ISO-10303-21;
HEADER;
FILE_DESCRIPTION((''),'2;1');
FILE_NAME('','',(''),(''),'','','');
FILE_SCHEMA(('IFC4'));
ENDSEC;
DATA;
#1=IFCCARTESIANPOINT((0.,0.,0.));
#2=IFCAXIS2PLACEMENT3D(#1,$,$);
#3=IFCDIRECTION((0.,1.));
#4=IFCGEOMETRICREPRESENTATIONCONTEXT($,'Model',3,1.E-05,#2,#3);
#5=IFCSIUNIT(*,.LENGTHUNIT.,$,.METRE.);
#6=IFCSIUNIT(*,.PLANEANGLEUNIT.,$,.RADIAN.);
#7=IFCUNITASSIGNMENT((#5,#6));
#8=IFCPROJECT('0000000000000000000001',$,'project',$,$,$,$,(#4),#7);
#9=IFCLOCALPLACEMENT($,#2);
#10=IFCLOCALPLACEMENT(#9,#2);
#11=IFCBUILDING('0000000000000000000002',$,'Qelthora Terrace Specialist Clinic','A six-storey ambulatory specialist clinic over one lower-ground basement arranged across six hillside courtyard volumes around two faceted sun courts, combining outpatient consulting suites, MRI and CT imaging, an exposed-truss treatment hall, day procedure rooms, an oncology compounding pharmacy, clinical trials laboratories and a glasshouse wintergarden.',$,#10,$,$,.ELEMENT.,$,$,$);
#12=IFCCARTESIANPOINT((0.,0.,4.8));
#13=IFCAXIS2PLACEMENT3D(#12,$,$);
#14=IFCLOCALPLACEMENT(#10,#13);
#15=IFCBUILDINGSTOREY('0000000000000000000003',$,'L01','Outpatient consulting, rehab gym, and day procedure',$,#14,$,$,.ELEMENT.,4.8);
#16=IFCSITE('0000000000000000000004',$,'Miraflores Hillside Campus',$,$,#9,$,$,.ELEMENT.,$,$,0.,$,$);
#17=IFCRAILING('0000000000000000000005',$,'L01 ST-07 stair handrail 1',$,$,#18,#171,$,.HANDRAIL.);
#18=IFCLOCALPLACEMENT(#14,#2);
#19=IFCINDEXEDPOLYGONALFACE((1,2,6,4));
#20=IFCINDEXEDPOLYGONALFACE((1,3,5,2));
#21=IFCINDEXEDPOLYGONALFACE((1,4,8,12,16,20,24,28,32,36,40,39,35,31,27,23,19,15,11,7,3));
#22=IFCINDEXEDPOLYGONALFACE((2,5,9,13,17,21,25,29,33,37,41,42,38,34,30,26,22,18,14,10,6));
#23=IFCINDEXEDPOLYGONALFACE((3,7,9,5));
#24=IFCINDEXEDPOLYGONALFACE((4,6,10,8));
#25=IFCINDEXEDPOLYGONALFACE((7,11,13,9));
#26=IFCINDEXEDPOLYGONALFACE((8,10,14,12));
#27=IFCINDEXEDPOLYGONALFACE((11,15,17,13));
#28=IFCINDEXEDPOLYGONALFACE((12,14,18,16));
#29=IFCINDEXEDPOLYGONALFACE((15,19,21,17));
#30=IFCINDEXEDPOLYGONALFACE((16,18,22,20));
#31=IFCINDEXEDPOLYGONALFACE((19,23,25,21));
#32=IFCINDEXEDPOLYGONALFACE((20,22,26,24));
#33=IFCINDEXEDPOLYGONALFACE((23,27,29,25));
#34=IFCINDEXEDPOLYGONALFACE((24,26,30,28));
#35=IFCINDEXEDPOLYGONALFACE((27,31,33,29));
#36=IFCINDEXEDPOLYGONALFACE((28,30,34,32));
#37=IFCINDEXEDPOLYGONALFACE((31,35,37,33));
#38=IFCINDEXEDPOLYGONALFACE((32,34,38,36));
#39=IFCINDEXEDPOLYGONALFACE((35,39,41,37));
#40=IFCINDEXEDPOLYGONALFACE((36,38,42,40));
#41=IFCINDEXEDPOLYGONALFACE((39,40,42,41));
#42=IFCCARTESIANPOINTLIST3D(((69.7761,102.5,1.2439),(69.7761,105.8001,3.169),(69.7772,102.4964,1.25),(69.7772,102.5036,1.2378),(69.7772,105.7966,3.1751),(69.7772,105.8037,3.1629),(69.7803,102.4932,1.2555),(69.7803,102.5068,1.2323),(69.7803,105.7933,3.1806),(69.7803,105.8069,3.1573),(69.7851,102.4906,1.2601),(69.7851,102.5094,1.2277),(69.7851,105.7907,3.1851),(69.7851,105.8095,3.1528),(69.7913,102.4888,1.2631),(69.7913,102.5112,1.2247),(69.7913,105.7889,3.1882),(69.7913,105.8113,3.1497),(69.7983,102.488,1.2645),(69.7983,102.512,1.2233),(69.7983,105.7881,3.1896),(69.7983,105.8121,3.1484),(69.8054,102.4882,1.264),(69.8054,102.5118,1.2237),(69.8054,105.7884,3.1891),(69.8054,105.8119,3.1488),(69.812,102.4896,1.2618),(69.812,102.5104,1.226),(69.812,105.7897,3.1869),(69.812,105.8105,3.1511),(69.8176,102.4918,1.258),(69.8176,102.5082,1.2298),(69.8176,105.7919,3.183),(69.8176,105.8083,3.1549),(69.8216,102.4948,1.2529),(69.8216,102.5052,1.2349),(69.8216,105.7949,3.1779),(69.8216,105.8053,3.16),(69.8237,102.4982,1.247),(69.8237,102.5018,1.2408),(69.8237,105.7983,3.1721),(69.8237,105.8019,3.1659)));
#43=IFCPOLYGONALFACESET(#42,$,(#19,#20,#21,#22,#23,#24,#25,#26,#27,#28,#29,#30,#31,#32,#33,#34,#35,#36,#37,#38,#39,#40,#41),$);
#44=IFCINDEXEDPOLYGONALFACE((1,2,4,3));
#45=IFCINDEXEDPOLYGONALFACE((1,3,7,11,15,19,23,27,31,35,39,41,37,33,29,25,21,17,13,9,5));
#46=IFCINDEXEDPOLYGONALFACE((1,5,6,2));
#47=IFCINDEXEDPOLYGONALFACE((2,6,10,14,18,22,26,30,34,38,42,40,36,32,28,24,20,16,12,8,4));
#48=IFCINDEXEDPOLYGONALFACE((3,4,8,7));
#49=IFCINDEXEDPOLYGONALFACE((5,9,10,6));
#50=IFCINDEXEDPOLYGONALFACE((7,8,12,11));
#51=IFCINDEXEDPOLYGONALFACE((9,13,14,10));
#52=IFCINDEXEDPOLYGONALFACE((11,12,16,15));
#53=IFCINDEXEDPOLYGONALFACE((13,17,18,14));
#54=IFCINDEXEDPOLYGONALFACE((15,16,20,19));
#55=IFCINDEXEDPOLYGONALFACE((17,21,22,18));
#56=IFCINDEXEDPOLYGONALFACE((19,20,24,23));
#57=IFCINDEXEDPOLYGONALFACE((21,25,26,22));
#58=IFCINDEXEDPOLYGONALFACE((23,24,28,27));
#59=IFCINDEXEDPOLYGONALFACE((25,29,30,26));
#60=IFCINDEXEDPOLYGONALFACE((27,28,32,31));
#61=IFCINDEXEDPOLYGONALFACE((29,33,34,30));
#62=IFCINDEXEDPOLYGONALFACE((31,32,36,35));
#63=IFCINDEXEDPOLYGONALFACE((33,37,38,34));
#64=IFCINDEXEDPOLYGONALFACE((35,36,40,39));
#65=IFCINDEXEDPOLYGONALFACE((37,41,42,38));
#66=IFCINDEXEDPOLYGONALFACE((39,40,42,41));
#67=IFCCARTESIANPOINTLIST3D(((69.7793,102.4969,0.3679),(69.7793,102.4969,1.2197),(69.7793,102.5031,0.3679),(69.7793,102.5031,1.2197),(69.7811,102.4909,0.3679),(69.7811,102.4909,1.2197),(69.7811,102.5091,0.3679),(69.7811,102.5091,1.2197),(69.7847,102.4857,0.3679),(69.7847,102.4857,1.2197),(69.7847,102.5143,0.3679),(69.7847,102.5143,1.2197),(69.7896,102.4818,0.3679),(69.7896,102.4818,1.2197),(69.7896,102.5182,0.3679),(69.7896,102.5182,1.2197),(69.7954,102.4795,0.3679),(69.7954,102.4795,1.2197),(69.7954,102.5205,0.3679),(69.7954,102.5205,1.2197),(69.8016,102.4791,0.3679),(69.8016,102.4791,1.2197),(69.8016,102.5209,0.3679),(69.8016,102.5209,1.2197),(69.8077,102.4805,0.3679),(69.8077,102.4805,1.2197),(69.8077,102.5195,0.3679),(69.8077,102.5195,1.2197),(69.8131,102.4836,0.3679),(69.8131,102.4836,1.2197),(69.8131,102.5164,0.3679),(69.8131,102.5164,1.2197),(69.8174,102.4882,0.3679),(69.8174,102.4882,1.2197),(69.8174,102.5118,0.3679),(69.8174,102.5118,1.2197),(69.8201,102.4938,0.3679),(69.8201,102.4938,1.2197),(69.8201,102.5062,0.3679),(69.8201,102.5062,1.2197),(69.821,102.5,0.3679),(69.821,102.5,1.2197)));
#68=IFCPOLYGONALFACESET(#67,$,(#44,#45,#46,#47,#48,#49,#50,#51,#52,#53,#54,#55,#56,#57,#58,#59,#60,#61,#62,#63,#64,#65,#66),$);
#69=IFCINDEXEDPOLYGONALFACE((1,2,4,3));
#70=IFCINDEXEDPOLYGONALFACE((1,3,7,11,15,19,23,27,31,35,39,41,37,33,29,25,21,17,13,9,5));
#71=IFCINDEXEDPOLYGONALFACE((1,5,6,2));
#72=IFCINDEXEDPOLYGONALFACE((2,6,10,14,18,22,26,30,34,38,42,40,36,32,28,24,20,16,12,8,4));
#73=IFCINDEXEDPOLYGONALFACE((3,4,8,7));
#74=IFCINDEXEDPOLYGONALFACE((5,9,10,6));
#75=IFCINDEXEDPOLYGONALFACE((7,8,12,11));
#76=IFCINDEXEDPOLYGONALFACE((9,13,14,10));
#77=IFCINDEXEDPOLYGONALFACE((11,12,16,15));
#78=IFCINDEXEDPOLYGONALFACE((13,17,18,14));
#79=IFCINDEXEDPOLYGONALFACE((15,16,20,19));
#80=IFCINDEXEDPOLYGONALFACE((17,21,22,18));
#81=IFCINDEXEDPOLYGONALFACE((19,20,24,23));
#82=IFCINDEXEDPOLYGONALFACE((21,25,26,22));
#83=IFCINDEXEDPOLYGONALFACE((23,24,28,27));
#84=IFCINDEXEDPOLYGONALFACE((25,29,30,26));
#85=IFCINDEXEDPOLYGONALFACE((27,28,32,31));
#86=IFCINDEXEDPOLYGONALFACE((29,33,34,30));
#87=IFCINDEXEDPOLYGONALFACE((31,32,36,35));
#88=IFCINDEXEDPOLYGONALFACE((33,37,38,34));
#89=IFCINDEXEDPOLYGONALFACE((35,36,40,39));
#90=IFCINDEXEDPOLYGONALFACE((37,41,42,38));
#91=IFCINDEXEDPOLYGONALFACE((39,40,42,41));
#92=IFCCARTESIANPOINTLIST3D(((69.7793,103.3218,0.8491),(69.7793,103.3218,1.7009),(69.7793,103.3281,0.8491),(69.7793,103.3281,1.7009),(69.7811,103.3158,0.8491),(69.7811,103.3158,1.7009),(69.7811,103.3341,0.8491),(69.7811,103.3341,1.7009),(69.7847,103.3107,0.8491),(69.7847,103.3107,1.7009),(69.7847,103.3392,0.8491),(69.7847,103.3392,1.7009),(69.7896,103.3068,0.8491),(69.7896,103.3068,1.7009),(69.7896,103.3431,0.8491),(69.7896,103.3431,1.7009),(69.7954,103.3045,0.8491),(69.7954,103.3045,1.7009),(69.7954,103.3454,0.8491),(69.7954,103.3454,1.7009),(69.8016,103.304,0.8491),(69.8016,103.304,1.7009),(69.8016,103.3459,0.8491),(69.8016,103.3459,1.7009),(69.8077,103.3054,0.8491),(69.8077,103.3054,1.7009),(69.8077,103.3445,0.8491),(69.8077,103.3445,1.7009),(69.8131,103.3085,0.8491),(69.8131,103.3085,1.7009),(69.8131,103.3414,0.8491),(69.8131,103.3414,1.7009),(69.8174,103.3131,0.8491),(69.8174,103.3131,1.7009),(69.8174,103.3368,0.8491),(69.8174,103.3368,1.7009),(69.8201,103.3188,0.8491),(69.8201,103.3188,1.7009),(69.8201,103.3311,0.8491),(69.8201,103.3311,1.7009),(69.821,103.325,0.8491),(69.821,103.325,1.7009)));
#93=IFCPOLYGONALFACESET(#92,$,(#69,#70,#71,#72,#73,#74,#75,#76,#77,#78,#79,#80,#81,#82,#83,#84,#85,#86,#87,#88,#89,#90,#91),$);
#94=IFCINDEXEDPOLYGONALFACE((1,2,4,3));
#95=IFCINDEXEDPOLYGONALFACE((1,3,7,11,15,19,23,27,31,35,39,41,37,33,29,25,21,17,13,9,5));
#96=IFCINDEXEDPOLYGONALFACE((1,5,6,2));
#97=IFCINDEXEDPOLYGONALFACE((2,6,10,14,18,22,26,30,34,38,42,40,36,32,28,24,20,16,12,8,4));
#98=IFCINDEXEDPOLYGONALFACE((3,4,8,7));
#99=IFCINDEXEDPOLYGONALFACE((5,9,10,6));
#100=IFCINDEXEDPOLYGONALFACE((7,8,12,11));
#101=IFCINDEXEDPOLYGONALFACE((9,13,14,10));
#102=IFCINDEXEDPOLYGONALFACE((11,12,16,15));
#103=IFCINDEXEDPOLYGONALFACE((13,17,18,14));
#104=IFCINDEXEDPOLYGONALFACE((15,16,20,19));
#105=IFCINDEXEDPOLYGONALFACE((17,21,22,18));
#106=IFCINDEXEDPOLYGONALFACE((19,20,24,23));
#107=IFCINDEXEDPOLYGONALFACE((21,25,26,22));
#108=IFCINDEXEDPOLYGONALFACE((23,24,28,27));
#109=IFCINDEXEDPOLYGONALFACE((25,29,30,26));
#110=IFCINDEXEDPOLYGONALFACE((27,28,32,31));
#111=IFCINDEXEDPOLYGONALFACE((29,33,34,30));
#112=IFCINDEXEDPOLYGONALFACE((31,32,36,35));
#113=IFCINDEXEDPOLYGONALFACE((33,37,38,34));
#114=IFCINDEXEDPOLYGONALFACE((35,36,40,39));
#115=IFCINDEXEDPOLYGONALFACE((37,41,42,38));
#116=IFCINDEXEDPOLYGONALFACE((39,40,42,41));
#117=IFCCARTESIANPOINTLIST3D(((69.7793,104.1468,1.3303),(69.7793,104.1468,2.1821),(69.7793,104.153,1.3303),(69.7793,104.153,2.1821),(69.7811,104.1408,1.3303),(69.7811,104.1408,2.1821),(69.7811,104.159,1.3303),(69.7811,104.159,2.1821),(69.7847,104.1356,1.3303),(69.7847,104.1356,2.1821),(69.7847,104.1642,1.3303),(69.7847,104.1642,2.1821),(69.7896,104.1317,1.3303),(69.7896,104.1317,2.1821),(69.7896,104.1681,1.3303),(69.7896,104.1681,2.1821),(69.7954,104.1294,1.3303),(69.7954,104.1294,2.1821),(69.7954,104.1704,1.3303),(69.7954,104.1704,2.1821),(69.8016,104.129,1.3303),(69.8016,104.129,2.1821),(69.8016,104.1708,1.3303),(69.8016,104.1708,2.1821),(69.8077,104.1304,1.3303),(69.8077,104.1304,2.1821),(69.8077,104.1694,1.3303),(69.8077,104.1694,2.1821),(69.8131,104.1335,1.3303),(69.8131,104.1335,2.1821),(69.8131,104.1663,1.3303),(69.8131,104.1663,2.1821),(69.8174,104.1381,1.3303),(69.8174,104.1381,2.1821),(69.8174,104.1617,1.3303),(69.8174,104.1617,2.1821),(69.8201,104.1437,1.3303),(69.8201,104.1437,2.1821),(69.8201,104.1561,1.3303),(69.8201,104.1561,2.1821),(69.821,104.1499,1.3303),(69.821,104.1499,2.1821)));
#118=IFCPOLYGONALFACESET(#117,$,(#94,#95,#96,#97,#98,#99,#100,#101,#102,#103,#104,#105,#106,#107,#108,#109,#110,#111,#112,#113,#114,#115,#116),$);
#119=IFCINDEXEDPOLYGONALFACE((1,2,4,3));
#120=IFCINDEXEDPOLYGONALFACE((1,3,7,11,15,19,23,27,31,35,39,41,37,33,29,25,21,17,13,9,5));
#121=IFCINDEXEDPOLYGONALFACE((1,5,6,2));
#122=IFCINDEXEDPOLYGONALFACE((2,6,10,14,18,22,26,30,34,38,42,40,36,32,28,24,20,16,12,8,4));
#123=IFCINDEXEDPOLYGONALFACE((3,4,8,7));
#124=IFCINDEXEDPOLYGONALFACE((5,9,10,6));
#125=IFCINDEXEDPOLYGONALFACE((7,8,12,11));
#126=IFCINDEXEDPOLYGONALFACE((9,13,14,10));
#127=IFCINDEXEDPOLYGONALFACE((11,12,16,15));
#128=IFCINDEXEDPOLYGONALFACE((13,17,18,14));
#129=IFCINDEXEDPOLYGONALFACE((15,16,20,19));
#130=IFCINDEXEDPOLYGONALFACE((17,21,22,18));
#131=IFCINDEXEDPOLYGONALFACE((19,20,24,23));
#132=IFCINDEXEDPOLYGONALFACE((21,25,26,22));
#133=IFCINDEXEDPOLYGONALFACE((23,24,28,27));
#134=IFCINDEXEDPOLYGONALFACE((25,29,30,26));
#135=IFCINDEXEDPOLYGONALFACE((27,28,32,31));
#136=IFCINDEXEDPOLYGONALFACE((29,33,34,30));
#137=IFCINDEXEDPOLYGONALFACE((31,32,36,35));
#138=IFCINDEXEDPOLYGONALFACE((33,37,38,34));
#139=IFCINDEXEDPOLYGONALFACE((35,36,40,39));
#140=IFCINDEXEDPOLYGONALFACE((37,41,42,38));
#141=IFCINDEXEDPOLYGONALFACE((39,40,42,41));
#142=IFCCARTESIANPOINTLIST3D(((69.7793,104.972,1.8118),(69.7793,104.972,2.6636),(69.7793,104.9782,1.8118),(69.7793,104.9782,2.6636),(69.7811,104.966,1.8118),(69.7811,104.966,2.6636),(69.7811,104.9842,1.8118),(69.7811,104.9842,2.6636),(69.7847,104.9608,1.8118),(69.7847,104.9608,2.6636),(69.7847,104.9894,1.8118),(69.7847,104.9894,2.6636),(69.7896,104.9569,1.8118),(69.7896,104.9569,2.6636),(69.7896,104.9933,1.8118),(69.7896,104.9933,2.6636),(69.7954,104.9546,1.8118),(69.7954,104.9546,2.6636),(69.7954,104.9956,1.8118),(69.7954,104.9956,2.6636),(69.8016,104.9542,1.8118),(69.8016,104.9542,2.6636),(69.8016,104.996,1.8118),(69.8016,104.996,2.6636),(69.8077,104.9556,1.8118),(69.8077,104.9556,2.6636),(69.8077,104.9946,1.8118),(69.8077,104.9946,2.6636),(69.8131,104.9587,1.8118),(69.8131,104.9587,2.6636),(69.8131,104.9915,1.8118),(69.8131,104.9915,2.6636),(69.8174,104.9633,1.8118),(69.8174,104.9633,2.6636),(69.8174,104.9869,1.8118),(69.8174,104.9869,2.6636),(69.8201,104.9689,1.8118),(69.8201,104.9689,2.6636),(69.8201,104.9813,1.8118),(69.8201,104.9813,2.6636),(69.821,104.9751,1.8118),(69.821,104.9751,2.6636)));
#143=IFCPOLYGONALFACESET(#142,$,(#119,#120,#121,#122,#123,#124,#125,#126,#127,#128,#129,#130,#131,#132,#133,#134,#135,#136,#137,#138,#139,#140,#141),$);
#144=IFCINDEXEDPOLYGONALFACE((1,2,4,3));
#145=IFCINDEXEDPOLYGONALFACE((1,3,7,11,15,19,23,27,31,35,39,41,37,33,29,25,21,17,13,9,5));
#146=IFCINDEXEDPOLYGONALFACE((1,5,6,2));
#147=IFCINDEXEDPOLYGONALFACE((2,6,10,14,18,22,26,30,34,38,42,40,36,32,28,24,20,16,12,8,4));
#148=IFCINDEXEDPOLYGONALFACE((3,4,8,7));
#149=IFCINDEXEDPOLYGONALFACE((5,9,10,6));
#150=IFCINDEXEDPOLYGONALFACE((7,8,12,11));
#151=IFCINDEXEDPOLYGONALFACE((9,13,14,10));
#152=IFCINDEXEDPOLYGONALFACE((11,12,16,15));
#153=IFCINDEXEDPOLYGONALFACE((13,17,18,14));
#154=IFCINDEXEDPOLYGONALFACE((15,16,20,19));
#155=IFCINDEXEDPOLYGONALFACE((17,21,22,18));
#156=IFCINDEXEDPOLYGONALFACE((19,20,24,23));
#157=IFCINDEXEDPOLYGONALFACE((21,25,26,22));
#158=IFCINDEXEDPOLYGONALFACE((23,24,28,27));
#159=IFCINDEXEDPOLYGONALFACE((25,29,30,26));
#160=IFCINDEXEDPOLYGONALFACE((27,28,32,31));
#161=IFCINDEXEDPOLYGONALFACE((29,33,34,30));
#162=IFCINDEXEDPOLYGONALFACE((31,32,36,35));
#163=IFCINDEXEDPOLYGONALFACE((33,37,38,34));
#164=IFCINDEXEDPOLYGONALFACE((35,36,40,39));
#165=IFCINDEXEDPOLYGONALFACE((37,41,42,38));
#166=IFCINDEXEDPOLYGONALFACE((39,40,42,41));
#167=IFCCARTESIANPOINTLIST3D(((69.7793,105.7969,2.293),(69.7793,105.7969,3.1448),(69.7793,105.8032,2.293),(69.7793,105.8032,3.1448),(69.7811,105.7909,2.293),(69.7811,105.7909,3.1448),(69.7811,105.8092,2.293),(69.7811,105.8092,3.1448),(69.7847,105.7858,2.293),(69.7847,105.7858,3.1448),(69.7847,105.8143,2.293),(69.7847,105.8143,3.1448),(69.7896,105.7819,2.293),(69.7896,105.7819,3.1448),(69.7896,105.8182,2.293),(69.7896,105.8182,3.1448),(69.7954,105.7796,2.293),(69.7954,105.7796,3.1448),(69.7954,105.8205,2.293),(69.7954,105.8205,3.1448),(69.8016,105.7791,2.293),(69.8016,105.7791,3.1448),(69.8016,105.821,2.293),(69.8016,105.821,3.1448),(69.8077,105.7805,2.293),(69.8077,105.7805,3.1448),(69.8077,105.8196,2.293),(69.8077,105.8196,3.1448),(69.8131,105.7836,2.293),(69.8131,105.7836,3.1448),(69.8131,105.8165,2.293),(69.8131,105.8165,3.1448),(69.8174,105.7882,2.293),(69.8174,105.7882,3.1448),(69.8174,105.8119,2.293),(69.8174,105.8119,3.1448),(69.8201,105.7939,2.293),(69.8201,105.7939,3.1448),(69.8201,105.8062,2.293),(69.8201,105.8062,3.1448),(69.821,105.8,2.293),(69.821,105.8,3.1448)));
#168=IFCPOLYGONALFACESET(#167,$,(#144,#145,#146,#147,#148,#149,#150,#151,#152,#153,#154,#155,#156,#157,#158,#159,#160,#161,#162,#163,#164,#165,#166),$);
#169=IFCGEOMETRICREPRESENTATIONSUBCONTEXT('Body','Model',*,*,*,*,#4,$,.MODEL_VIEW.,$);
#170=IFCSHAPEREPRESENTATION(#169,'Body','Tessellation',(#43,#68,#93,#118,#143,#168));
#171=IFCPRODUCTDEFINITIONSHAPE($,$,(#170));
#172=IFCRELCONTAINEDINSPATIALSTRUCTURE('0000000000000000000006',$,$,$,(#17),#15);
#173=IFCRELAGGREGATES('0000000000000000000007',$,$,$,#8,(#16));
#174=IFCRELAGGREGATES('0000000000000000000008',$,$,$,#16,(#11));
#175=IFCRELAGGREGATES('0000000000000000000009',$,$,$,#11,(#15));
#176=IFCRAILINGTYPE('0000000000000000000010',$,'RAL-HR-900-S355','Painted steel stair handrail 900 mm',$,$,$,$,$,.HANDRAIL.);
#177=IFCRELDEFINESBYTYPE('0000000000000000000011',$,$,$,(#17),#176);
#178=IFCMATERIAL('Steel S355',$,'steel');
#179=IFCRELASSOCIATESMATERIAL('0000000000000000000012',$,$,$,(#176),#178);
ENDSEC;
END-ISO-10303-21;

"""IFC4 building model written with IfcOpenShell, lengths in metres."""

from ifc_helpers import new_model, si_unit, direction, frame, origin, origin_2d, place, context, subcontext, project, spatial, circle, extrude, material, type_object, element, save


model = new_model("IFC4")

# Units and contexts
model_context = context("Model", 3, precision=1e-05, world=origin(), true_north=direction((0.0, 1.0)))
body_context = subcontext(model_context, "Body", "Model", "MODEL_VIEW")
ifc_project = project(units=[si_unit("LENGTHUNIT", "METRE"), si_unit("PLANEANGLEUNIT", "RADIAN")], contexts=[model_context])

# Site, building, storey
site_placement = place(None, origin())
site = spatial("IfcSite", under=ifc_project, at=site_placement, Name="Miraflores Hillside Campus", CompositionType="ELEMENT", RefElevation=0.0)
building_placement = place(site_placement, origin())
building = spatial("IfcBuilding", under=site, at=building_placement, Name="Qelthora Terrace Specialist Clinic", Description="A six-storey ambulatory specialist clinic over one lower-ground basement arranged across six hillside courtyard volumes around two faceted sun courts, combining outpatient consulting suites, MRI and CT imaging, an exposed-truss treatment hall, day procedure rooms, an oncology compounding pharmacy, clinical trials laboratories and a glasshouse wintergarden.", CompositionType="ELEMENT")
storey_placement = place(building_placement, frame((0.0, 0.0, 4.8)))
storey = spatial("IfcBuildingStorey", under=building, at=storey_placement, Name="L01", Description="Outpatient consulting, rehab gym, and day procedure", CompositionType="ELEMENT", Elevation=4.8)

# Shared definitions
ifc_material_1 = material(Name="Steel S355", Category="steel")

# Railing
railing_type_1 = type_object("IfcRailingType", Name="RAL-HR-900-S355", Description="Painted steel stair handrail 900 mm", PredefinedType="HANDRAIL", material=ifc_material_1)
railing_1_placement = place(storey_placement, frame((69.8, 102.5, 0.3679)))
element("IfcRailing", 1, at=railing_1_placement, inside=storey, type_object=railing_type_1, Name="L01 ST-07 stair handrail 1", PredefinedType="HANDRAIL", context=body_context, shape_type="SweptSolid", body=[
    extrude(circle(Radius=0.0239, at=origin_2d()), frame((0.0, 0.0, 0.876), z_axis=(0.0, 0.863777, 0.503875), x_axis=(-1.0, 0.0, 0.0)), (0.0, 0.0, 1.0), 3.8206),
    extrude(circle(Radius=0.021, at=origin_2d()), origin(), (0.0, 0.0, 1.0), 0.8518),
    extrude(circle(Radius=0.021, at=origin_2d()), frame((0.0, 0.825, 0.4812)), (0.0, 0.0, 1.0), 0.8518),
    extrude(circle(Radius=0.021, at=origin_2d()), frame((0.0, 1.6499, 0.9624)), (0.0, 0.0, 1.0), 0.8518),
    extrude(circle(Radius=0.021, at=origin_2d()), frame((0.0, 2.4751, 1.4438)), (0.0, 0.0, 1.0), 0.8518),
    extrude(circle(Radius=0.021, at=origin_2d()), frame((0.0, 3.3, 1.925)), (0.0, 0.0, 1.0), 0.8518),
])

save(model, "model.ifc")
